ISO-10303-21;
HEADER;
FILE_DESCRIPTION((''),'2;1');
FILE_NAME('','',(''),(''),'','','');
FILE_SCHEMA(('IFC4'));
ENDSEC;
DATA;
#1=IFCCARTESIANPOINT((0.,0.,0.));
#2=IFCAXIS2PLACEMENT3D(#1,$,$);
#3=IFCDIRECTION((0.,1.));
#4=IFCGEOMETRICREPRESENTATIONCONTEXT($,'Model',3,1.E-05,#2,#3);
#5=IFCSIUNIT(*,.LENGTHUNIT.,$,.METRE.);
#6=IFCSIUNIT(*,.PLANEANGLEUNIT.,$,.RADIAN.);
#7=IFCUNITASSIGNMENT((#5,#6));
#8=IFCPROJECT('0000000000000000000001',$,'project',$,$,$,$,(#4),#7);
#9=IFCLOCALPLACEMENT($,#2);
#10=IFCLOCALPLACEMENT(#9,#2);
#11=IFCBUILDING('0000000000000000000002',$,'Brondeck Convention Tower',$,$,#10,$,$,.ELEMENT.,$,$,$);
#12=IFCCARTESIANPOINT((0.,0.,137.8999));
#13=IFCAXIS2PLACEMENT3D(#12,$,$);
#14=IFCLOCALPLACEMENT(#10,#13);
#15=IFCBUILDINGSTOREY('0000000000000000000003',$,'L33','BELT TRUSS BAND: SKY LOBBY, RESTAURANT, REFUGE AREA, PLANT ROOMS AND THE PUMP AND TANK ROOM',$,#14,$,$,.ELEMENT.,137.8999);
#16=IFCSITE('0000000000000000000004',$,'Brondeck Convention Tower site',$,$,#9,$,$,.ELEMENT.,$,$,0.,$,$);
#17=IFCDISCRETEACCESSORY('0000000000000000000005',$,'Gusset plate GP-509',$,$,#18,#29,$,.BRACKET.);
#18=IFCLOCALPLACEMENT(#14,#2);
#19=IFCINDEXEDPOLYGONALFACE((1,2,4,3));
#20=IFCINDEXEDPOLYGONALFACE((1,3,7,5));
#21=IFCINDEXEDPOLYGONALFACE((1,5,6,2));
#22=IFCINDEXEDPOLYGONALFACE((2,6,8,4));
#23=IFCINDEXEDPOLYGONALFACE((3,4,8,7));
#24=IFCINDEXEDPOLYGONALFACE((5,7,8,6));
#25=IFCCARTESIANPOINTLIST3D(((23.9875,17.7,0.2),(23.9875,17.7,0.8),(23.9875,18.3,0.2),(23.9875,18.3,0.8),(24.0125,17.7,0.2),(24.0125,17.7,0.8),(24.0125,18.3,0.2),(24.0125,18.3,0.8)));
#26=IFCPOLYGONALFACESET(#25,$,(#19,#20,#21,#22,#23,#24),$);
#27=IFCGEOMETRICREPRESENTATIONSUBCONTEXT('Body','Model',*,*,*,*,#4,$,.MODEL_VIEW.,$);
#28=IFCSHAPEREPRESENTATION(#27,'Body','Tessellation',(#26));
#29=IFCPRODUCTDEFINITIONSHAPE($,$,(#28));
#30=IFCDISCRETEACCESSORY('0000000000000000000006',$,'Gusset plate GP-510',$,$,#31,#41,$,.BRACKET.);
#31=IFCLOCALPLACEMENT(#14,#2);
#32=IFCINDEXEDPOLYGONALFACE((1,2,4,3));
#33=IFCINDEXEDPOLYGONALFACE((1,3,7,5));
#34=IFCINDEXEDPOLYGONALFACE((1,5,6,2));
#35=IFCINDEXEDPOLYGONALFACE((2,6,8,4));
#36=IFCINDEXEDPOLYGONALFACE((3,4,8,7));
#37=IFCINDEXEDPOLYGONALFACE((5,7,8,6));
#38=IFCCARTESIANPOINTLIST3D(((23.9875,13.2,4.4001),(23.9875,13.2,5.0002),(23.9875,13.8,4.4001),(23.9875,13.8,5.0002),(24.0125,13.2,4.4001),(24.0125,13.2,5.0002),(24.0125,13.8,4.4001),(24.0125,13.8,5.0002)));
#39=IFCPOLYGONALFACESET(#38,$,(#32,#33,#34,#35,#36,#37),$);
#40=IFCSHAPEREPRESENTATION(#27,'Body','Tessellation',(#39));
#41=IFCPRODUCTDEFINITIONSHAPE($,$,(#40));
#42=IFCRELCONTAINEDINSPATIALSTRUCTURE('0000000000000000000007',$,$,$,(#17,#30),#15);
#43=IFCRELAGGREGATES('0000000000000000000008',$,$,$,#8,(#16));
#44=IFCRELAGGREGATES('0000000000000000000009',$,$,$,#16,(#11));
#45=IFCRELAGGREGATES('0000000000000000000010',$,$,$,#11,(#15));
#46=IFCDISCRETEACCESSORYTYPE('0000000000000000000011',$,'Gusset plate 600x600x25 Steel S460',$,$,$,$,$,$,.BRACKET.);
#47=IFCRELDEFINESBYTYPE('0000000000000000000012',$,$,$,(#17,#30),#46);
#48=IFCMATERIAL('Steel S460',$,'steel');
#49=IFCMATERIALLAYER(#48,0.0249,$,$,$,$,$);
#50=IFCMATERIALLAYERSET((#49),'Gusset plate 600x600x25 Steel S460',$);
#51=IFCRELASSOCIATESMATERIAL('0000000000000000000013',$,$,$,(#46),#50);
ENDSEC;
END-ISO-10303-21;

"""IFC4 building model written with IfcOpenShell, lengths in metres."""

from ifc_helpers import new_model, si_unit, direction, frame, origin, origin_2d, place, context, subcontext, project, spatial, rectangle, extrude, material, layer, layer_set, type_object, element, save


model = new_model("IFC4")

# Units and contexts
model_context = context("Model", 3, precision=1e-05, world=origin(), true_north=direction((0.0, 1.0)))
body_context = subcontext(model_context, "Body", "Model", "MODEL_VIEW")
ifc_project = project(units=[si_unit("LENGTHUNIT", "METRE"), si_unit("PLANEANGLEUNIT", "RADIAN")], contexts=[model_context])

# Site, building, storey
site_placement = place(None, origin())
site = spatial("IfcSite", under=ifc_project, at=site_placement, Name="Brondeck Convention Tower site", CompositionType="ELEMENT", RefElevation=0.0)
building_placement = place(site_placement, origin())
building = spatial("IfcBuilding", under=site, at=building_placement, Name="Brondeck Convention Tower", CompositionType="ELEMENT")
storey_placement = place(building_placement, frame((0.0, 0.0, 137.8999)))
storey = spatial("IfcBuildingStorey", under=building, at=storey_placement, Name="L33", Description="BELT TRUSS BAND: SKY LOBBY, RESTAURANT, REFUGE AREA, PLANT ROOMS AND THE PUMP AND TANK ROOM", CompositionType="ELEMENT", Elevation=137.8999)

# Shared definitions
ifc_material_1 = material(Name="Steel S460", Category="steel")

# Discrete accessories
ifc_layer_1 = layer(ifc_material_1, 0.0249)
ifc_layer_set_1 = layer_set([ifc_layer_1], Name="Gusset plate 600x600x25 Steel S460")
discrete_accessory_type = type_object("IfcDiscreteAccessoryType", Name="Gusset plate 600x600x25 Steel S460", PredefinedType="BRACKET", material=ifc_layer_set_1)
for number, where, z_axis, x_axis, name in (
    (1, (24.0, 18.0, 0.2), (0.0, 0.0, 1.0), (0.0, 1.0, 0.0), "Gusset plate GP-509"),
    (2, (24.0, 13.5, 4.4001), (0.0, 0.0, 1.0), (0.0, 1.0, 0.0), "Gusset plate GP-510"),
):
    element("IfcDiscreteAccessory", number, at=place(storey_placement, frame(where, z_axis=z_axis, x_axis=x_axis)), inside=storey, type_object=discrete_accessory_type, Name=name, PredefinedType="BRACKET", context=body_context, shape_type="SweptSolid", body=[
        extrude(rectangle(XDim=0.6001, YDim=0.0249, at=origin_2d()), origin(), (0.0, 0.0, 1.0), 0.6001),
    ])

save(model, "model.ifc")
